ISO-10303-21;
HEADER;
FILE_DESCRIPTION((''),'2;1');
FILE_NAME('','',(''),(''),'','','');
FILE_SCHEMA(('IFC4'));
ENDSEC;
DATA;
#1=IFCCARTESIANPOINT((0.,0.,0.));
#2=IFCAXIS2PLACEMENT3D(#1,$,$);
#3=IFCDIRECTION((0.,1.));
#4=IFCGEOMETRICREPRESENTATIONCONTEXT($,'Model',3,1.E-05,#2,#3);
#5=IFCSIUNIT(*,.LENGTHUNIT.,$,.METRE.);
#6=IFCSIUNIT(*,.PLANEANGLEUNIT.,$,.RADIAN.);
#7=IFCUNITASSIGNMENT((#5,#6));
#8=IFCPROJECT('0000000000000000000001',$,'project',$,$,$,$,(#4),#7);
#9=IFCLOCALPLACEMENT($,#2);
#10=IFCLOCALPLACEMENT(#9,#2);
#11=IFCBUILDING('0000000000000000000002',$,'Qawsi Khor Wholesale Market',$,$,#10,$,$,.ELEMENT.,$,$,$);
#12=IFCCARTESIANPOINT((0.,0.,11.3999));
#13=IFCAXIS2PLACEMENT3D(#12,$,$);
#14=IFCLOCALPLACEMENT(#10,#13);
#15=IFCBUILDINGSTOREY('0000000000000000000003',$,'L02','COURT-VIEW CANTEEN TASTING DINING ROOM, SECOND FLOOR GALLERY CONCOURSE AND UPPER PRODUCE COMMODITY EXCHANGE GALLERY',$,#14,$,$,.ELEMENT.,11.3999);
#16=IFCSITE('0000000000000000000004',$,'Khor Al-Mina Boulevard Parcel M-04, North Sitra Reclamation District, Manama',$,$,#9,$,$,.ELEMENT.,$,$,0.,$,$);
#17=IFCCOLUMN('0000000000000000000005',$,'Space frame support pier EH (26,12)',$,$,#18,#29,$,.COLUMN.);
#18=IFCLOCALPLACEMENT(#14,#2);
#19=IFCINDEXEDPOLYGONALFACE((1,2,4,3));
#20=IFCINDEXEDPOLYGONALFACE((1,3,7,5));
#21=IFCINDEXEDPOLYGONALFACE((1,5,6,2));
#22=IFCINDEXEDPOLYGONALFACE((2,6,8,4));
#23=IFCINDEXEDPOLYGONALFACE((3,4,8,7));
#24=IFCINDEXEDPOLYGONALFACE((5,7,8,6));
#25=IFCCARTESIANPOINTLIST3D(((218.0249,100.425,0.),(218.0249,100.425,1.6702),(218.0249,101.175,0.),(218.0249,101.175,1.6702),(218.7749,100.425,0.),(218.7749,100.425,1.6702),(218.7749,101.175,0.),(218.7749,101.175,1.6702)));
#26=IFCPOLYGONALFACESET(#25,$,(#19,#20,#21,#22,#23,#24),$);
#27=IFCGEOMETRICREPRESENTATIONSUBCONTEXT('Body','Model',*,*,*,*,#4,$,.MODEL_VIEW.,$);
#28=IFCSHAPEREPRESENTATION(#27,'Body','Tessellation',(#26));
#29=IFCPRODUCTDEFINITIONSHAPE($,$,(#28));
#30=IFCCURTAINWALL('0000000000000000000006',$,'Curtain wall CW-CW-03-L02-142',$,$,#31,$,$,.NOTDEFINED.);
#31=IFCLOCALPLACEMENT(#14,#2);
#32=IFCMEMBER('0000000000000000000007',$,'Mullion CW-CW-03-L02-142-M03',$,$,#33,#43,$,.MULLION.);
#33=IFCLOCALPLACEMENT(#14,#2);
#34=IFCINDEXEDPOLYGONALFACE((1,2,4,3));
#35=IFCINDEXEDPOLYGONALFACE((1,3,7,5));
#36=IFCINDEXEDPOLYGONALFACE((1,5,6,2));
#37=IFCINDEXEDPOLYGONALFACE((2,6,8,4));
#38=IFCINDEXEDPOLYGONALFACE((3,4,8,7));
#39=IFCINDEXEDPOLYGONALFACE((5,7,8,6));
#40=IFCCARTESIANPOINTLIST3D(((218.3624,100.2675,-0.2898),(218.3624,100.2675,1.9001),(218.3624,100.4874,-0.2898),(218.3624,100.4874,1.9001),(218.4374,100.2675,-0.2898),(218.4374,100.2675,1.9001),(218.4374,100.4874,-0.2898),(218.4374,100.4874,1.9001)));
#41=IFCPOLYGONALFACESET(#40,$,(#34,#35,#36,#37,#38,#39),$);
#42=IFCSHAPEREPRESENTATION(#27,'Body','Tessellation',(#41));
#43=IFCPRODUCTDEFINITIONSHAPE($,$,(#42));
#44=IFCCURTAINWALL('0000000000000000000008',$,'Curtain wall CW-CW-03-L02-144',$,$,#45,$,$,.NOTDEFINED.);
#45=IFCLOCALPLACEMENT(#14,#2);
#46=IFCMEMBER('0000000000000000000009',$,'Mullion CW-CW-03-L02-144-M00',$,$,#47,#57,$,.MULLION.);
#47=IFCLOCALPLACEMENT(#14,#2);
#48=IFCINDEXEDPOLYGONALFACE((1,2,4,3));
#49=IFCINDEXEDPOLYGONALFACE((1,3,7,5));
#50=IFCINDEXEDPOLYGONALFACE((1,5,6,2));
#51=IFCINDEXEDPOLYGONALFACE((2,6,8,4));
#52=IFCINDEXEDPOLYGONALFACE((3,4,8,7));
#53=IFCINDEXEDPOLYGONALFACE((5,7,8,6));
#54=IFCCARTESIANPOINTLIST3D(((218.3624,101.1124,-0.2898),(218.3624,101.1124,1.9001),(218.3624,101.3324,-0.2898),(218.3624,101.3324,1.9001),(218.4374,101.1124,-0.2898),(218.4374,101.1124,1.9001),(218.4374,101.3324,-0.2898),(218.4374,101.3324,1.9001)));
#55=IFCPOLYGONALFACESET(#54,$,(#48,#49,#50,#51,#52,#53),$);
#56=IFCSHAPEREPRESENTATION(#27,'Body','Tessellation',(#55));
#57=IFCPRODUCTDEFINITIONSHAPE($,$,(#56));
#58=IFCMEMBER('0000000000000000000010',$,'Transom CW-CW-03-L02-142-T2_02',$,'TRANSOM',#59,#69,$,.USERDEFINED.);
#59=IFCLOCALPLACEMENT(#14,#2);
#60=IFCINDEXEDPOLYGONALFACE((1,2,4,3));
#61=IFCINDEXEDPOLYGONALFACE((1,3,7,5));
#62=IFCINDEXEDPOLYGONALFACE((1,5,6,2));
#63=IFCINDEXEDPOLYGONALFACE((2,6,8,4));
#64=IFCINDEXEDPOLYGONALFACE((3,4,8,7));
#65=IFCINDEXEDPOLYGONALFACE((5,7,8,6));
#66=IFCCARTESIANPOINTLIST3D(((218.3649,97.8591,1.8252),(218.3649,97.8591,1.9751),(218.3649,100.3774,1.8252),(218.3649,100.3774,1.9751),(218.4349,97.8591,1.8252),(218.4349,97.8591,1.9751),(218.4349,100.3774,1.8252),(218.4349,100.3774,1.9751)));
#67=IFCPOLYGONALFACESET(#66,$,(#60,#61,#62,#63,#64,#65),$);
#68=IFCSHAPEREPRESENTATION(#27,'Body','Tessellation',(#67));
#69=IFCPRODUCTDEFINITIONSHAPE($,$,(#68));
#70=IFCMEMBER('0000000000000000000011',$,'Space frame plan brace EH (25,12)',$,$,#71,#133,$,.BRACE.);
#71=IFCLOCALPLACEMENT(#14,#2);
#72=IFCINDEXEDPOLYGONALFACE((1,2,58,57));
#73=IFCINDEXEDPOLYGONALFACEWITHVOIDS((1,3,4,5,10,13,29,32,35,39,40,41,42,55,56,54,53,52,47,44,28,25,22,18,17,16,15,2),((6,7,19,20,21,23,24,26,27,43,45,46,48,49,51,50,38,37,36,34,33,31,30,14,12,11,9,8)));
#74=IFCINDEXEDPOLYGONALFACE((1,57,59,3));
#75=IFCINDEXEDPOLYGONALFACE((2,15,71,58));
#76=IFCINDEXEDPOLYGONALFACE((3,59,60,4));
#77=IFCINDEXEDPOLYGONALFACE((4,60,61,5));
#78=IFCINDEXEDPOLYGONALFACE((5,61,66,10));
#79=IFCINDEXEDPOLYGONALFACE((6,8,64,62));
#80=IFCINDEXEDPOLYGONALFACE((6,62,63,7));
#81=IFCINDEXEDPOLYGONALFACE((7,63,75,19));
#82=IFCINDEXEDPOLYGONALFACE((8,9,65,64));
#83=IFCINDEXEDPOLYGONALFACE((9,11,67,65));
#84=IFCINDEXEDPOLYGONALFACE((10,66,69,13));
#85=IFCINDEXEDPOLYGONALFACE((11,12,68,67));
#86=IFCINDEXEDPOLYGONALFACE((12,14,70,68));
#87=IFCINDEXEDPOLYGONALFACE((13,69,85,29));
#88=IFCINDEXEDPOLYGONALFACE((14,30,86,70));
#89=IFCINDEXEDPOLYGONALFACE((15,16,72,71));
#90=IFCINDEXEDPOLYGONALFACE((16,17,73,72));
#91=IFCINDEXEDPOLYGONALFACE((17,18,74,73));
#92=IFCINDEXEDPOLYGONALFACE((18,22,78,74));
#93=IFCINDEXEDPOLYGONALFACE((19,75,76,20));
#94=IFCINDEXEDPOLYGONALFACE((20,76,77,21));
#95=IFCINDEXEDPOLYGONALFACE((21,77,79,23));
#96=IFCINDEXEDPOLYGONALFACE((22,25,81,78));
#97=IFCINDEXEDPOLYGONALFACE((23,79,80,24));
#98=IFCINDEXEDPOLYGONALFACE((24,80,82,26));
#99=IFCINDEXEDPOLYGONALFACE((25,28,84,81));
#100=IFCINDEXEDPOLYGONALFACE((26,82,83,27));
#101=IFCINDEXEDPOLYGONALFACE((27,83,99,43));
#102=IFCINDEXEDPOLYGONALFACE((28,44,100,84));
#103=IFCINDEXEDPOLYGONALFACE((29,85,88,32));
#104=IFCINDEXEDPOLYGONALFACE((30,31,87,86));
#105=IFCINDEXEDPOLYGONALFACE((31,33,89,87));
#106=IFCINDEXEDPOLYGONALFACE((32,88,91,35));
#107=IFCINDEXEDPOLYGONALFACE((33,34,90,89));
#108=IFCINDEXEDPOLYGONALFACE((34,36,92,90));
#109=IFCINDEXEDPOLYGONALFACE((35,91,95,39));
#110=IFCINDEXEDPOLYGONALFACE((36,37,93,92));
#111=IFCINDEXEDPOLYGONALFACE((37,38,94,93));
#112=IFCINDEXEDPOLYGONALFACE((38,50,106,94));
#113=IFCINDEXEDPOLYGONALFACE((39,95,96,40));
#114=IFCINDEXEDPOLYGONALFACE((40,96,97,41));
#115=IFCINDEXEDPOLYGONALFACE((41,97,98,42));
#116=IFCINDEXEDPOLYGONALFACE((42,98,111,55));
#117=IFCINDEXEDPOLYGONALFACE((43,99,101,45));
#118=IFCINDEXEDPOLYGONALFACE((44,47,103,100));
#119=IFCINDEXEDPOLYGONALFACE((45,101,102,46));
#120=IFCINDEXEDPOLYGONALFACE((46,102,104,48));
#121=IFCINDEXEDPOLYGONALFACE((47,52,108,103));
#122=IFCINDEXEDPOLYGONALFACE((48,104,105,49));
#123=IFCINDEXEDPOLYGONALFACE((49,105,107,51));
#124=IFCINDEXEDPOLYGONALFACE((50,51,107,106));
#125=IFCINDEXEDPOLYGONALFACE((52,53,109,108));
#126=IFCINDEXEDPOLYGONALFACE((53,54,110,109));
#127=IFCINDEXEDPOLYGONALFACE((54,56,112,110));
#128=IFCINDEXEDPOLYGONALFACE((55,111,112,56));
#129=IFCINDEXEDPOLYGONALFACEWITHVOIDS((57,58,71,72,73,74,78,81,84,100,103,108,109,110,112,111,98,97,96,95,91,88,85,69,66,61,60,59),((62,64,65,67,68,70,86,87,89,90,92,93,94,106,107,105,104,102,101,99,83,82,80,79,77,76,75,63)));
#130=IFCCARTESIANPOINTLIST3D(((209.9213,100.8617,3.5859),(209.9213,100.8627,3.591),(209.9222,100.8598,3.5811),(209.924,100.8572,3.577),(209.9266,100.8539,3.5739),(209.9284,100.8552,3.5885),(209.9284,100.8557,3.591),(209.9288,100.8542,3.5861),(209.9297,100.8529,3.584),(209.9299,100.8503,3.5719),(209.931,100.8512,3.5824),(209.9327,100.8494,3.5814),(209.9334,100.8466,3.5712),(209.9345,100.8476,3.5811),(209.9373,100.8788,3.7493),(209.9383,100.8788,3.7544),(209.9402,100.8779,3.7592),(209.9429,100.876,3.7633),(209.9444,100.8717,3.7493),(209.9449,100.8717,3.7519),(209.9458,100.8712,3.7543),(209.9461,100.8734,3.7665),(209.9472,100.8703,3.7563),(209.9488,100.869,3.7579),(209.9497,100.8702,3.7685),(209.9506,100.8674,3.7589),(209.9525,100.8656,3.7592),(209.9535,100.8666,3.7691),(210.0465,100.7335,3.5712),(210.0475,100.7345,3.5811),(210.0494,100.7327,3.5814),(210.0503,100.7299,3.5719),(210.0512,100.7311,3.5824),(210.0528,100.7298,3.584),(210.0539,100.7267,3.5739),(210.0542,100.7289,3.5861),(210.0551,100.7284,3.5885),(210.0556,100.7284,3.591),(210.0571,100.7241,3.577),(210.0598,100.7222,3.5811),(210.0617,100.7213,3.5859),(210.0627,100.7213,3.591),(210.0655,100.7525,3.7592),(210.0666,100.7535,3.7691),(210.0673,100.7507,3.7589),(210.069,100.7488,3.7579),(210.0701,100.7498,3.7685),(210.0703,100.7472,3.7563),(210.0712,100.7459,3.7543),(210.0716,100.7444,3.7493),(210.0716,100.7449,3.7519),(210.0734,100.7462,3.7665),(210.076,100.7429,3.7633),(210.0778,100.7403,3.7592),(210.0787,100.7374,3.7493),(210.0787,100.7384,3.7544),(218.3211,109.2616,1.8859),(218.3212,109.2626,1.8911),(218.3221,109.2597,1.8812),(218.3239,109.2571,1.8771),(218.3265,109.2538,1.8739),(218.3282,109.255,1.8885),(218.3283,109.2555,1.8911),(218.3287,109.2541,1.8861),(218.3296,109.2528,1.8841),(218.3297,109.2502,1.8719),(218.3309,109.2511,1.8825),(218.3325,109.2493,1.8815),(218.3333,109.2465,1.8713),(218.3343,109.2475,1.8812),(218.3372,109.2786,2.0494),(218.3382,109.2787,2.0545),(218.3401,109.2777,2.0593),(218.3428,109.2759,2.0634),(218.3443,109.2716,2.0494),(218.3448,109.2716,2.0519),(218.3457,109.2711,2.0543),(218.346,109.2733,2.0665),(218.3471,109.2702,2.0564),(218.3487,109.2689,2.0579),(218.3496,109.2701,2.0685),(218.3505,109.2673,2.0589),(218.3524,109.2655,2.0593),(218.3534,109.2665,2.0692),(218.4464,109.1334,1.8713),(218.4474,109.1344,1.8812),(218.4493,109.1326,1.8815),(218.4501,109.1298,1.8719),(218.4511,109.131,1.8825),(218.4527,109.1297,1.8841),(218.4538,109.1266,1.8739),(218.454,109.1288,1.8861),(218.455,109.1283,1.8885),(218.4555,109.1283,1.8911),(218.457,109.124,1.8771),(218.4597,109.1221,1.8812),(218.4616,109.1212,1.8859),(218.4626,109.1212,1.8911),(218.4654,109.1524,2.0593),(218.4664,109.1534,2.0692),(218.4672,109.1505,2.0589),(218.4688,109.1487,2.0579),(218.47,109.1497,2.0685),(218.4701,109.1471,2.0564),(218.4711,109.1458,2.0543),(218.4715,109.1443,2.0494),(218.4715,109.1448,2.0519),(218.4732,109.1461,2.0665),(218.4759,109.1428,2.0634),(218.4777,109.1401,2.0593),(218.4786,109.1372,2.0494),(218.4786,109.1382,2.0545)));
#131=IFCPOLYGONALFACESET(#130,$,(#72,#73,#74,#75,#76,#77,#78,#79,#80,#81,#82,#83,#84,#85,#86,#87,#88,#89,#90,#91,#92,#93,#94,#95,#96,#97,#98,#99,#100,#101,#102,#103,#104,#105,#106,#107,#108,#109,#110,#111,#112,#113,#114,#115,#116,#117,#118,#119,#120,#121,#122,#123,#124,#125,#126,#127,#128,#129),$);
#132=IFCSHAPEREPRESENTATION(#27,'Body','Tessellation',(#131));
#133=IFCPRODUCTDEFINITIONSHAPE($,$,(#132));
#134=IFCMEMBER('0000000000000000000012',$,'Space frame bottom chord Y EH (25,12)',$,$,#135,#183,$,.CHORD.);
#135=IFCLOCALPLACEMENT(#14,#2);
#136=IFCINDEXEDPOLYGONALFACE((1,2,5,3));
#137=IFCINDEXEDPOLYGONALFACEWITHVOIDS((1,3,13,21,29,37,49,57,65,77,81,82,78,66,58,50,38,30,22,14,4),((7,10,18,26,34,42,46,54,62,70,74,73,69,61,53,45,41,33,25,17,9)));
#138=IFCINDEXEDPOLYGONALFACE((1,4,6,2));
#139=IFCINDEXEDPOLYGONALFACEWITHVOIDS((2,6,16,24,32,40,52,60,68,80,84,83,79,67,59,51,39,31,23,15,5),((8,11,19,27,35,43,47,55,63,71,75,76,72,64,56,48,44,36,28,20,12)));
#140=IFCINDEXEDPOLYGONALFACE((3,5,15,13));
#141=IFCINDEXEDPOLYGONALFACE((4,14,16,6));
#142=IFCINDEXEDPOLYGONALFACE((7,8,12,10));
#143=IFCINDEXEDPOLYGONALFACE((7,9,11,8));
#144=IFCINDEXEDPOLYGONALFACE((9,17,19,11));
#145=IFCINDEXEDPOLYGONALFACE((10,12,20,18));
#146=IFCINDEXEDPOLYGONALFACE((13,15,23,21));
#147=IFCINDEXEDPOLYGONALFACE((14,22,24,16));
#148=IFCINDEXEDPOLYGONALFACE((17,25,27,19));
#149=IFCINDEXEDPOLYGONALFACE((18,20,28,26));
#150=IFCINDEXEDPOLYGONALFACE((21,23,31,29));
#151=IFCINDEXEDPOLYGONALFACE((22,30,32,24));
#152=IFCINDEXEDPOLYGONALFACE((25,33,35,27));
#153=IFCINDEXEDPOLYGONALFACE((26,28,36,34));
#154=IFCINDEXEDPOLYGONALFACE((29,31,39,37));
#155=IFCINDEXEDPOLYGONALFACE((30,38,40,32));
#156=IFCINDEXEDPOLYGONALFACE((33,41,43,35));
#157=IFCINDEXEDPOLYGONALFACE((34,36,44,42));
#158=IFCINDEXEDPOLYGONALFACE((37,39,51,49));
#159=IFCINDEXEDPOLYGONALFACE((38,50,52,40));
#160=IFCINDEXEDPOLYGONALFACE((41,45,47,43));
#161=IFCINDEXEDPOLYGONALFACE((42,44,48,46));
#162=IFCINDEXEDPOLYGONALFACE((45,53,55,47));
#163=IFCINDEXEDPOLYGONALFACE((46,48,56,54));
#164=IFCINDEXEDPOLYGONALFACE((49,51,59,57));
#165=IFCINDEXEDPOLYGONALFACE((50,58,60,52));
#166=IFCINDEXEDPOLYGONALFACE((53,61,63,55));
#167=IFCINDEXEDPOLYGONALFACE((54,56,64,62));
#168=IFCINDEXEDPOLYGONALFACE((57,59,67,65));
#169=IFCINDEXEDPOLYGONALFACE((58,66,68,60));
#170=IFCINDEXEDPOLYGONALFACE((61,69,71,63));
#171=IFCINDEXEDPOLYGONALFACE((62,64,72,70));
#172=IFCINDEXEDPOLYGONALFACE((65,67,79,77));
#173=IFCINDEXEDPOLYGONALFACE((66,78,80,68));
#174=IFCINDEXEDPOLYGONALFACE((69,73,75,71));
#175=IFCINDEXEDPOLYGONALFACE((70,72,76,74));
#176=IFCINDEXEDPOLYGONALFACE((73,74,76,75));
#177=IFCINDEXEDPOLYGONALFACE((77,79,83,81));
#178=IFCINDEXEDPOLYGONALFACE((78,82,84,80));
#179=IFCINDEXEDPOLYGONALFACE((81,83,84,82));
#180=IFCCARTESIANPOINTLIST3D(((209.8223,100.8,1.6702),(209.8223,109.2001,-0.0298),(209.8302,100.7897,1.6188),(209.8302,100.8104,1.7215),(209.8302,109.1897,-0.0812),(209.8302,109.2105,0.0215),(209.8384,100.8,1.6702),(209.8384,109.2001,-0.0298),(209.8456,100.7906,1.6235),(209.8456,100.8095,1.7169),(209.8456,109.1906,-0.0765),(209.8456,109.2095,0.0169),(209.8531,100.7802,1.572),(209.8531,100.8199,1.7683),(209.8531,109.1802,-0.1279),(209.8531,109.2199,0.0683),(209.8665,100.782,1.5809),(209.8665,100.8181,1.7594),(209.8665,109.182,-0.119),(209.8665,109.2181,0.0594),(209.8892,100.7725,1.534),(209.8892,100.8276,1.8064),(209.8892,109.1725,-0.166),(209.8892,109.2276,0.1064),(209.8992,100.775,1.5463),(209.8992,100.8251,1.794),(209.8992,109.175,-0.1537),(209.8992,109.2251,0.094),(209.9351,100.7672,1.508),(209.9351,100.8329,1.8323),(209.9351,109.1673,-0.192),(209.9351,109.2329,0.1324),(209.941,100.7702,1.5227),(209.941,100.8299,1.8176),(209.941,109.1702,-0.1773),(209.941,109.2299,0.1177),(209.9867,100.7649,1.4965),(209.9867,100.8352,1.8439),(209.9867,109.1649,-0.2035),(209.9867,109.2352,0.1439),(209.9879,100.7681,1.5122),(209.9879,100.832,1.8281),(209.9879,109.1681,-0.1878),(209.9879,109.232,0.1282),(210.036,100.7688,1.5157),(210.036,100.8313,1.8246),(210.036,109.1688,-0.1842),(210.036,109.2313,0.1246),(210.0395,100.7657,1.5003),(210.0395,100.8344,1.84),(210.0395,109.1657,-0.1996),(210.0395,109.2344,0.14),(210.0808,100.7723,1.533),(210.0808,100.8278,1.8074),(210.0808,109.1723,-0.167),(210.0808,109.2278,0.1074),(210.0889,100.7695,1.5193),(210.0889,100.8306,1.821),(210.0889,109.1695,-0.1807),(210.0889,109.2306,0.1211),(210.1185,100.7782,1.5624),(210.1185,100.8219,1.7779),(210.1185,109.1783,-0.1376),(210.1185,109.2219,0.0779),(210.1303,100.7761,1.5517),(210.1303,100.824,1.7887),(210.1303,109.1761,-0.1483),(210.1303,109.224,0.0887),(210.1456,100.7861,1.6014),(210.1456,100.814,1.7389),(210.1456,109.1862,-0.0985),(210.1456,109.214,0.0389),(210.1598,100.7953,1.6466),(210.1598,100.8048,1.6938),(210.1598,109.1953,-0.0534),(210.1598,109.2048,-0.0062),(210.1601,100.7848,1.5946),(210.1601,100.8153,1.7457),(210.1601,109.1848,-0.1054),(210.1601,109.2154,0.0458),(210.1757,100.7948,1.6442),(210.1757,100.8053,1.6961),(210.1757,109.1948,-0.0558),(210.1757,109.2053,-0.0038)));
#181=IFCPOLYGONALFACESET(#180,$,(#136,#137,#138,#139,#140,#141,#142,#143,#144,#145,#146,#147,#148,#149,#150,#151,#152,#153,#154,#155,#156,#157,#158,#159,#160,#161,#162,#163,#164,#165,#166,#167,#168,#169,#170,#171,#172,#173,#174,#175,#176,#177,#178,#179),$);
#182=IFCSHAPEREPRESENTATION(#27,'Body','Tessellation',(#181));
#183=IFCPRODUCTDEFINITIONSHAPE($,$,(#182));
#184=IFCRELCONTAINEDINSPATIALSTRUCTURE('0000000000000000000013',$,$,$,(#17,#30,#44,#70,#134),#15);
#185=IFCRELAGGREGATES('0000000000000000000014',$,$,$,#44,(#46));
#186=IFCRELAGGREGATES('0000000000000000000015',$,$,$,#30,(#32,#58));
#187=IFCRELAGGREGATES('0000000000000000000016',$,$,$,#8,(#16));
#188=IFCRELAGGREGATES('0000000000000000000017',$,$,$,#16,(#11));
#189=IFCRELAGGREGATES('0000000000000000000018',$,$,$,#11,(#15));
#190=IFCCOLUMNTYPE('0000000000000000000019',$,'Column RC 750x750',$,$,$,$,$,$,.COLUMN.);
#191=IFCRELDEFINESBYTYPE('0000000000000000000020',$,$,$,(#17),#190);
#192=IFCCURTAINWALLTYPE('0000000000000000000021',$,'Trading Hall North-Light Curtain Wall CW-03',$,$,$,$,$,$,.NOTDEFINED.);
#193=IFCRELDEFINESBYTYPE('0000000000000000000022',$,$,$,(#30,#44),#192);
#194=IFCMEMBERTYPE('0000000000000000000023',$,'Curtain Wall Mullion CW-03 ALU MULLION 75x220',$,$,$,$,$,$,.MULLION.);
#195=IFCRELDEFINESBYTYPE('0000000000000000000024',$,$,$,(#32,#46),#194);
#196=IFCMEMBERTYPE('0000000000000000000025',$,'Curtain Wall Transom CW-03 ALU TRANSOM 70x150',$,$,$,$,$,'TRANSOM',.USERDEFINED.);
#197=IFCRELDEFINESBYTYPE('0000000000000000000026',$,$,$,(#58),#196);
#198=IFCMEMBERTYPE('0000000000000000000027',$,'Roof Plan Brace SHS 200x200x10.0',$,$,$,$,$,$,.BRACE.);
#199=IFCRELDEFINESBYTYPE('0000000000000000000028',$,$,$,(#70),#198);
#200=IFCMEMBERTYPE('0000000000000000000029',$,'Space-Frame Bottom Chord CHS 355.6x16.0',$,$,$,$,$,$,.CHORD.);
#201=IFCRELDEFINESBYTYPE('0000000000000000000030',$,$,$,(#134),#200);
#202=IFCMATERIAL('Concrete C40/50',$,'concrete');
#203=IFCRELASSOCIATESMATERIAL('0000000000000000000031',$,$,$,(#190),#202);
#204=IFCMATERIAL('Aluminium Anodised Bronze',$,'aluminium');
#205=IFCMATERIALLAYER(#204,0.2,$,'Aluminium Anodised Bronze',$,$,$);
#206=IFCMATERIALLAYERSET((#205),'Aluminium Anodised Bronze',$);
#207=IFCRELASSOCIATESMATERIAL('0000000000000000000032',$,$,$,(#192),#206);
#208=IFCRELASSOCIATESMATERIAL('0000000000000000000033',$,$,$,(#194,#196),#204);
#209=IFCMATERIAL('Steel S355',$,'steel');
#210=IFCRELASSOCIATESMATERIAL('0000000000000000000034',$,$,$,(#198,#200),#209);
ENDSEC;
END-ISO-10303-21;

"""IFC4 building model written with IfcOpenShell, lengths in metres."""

from ifc_helpers import new_model, si_unit, direction, frame, origin, origin_2d, place, context, subcontext, project, spatial, rectangle, hollow_rectangle, hollow_circle, extrude, material, layer, layer_set, material_profile, profile_set, type_object, element, aggregate, save


model = new_model("IFC4")

# Units and contexts
model_context = context("Model", 3, precision=1e-05, world=origin(), true_north=direction((0.0, 1.0)))
body_context = subcontext(model_context, "Body", "Model", "MODEL_VIEW")
ifc_project = project(units=[si_unit("LENGTHUNIT", "METRE"), si_unit("PLANEANGLEUNIT", "RADIAN")], contexts=[model_context])

# Site, building, storey
site_placement = place(None, origin())
site = spatial("IfcSite", under=ifc_project, at=site_placement, Name="Khor Al-Mina Boulevard Parcel M-04, North Sitra Reclamation District, Manama", CompositionType="ELEMENT", RefElevation=0.0)
building_placement = place(site_placement, origin())
building = spatial("IfcBuilding", under=site, at=building_placement, Name="Qawsi Khor Wholesale Market", CompositionType="ELEMENT")
storey_placement = place(building_placement, frame((0.0, 0.0, 11.3999)))
storey = spatial("IfcBuildingStorey", under=building, at=storey_placement, Name="L02", Description="COURT-VIEW CANTEEN TASTING DINING ROOM, SECOND FLOOR GALLERY CONCOURSE AND UPPER PRODUCE COMMODITY EXCHANGE GALLERY", CompositionType="ELEMENT", Elevation=11.3999)

# Column
ifc_material_1 = material(Name="Concrete C40/50", Category="concrete")
ifc_material_profile_1 = material_profile(ifc_material_1, rectangle(XDim=0.75, YDim=0.75, at=origin_2d()), Name="RC 750x750")
ifc_profile_set_1 = profile_set([ifc_material_profile_1], Name="Concrete C40/50")
column_type = type_object("IfcColumnType", Name="Column RC 750x750", PredefinedType="COLUMN", material=ifc_profile_set_1)
column_placement = place(storey_placement, frame((218.3999, 100.8, 0.0), z_axis=(0.0, 0.0, 1.0), x_axis=(1.0, 0.0, 0.0)))
element("IfcColumn", 1, at=column_placement, inside=storey, type_object=column_type, Name="Space frame support pier EH (26,12)", PredefinedType="COLUMN", context=body_context, shape_type="SweptSolid", body=[
    extrude(rectangle(XDim=0.75, YDim=0.75, at=origin_2d()), origin(), (0.0, 0.0, 1.0), 1.6702),
])

# Curtain walls, members
ifc_material_2 = material(Name="Aluminium Anodised Bronze", Category="aluminium")
ifc_layer_1 = layer(ifc_material_2, 0.2, Name="Aluminium Anodised Bronze")
ifc_layer_set_1 = layer_set([ifc_layer_1], Name="Aluminium Anodised Bronze")
curtain_wall_type = type_object("IfcCurtainWallType", Name="Trading Hall North-Light Curtain Wall CW-03", PredefinedType="NOTDEFINED", material=ifc_layer_set_1)
curtain_wall_1_placement = place(storey_placement, origin())
curtain_wall_1 = element("IfcCurtainWall", 2, at=curtain_wall_1_placement, inside=storey, type_object=curtain_wall_type, Name="Curtain wall CW-CW-03-L02-142", PredefinedType="NOTDEFINED")
ifc_material_profile_2 = material_profile(ifc_material_2, rectangle(XDim=0.075, YDim=0.22, at=origin_2d()), Name="ALU MULLION 75x220")
ifc_profile_set_2 = profile_set([ifc_material_profile_2], Name="Aluminium Anodised Bronze")
member_type_1 = type_object("IfcMemberType", Name="Curtain Wall Mullion CW-03 ALU MULLION 75x220", PredefinedType="MULLION", material=ifc_profile_set_2)
member_1_placement = place(storey_placement, frame((218.3999, 100.3774, -0.2898), z_axis=(0.0, 0.0, 1.0), x_axis=(1.0, 0.0, 0.0)))
member_1 = element("IfcMember", 3, at=member_1_placement, type_object=member_type_1, Name="Mullion CW-CW-03-L02-142-M03", PredefinedType="MULLION", context=body_context, shape_type="SweptSolid", body=[
    extrude(rectangle(XDim=0.075, YDim=0.22, at=origin_2d()), origin(), (0.0, 0.0, 1.0), 2.1899),
])
curtain_wall_2_placement = place(storey_placement, origin())
curtain_wall_2 = element("IfcCurtainWall", 4, at=curtain_wall_2_placement, inside=storey, type_object=curtain_wall_type, Name="Curtain wall CW-CW-03-L02-144", PredefinedType="NOTDEFINED")
member_2_placement = place(storey_placement, frame((218.3999, 101.2224, -0.2898), z_axis=(0.0, 0.0, 1.0), x_axis=(1.0, 0.0, 0.0)))
member_2 = element("IfcMember", 5, at=member_2_placement, type_object=member_type_1, Name="Mullion CW-CW-03-L02-144-M00", PredefinedType="MULLION", context=body_context, shape_type="SweptSolid", body=[
    extrude(rectangle(XDim=0.075, YDim=0.22, at=origin_2d()), origin(), (0.0, 0.0, 1.0), 2.1899),
])
aggregate(curtain_wall_2, [member_2])

# Member
ifc_material_profile_3 = material_profile(ifc_material_2, rectangle(XDim=0.0701, YDim=0.1499, at=origin_2d()), Name="ALU TRANSOM 70x150")
ifc_profile_set_3 = profile_set([ifc_material_profile_3], Name="Aluminium Anodised Bronze")
member_type_2 = type_object("IfcMemberType", Name="Curtain Wall Transom CW-03 ALU TRANSOM 70x150", ElementType="TRANSOM", PredefinedType="USERDEFINED", material=ifc_profile_set_3)
member_3_placement = place(storey_placement, frame((218.3999, 97.8591, 1.9001), z_axis=(0.0, 1.0, 0.0), x_axis=(-1.0, 0.0, 0.0)))
member_3 = element("IfcMember", 6, at=member_3_placement, type_object=member_type_2, Name="Transom CW-CW-03-L02-142-T2_02", ObjectType="TRANSOM", PredefinedType="USERDEFINED", context=body_context, shape_type="SweptSolid", body=[
    extrude(rectangle(XDim=0.0701, YDim=0.1499, at=origin_2d()), origin(), (0.0, 0.0, 1.0), 2.5183),
])

# Members
ifc_material_3 = material(Name="Steel S355", Category="steel")
ifc_material_profile_4 = material_profile(ifc_material_3, hollow_rectangle(XDim=0.2, YDim=0.2, WallThickness=0.01, InnerFilletRadius=0.01, OuterFilletRadius=0.02, at=origin_2d()), Name="SHS 200x200x10.0")
ifc_profile_set_4 = profile_set([ifc_material_profile_4], Name="Steel S355")
member_type_3 = type_object("IfcMemberType", Name="Roof Plan Brace SHS 200x200x10.0", PredefinedType="BRACE", material=ifc_profile_set_4)
member_4_placement = place(storey_placement, frame((210.0, 100.8, 3.6702), z_axis=(0.699976, 0.699976, -0.141659), x_axis=(-0.707107, 0.707107, 0.0)))
element("IfcMember", 7, at=member_4_placement, inside=storey, type_object=member_type_3, Name="Space frame plan brace EH (25,12)", PredefinedType="BRACE", context=body_context, shape_type="SweptSolid", body=[
    extrude(hollow_rectangle(XDim=0.2, YDim=0.2, WallThickness=0.01, InnerFilletRadius=0.01, OuterFilletRadius=0.02, at=origin_2d()), origin(), (0.0, 0.0, 1.0), 12.0002),
])
ifc_material_profile_5 = material_profile(ifc_material_3, hollow_circle(Radius=0.1777, WallThickness=0.0161, at=origin_2d()), Name="CHS 355.6x16.0")
ifc_profile_set_5 = profile_set([ifc_material_profile_5], Name="Steel S355")
member_type_4 = type_object("IfcMemberType", Name="Space-Frame Bottom Chord CHS 355.6x16.0", PredefinedType="CHORD", material=ifc_profile_set_5)
for number, where, z_axis, x_axis, name in (
    (8, (210.0, 100.8, 1.6702), (0.0, 0.98013, -0.198356), (-1.0, 0.0, 0.0), "Space frame bottom chord Y EH (25,12)"),
):
    element("IfcMember", number, at=place(storey_placement, frame(where, z_axis=z_axis, x_axis=x_axis)), inside=storey, type_object=member_type_4, Name=name, PredefinedType="CHORD", context=body_context, shape_type="SweptSolid", body=[
        extrude(hollow_circle(Radius=0.1777, WallThickness=0.0161, at=origin_2d()), origin(), (0.0, 0.0, 1.0), 8.5703),
    ])

aggregate(curtain_wall_1, [member_1, member_3])

save(model, "model.ifc")
